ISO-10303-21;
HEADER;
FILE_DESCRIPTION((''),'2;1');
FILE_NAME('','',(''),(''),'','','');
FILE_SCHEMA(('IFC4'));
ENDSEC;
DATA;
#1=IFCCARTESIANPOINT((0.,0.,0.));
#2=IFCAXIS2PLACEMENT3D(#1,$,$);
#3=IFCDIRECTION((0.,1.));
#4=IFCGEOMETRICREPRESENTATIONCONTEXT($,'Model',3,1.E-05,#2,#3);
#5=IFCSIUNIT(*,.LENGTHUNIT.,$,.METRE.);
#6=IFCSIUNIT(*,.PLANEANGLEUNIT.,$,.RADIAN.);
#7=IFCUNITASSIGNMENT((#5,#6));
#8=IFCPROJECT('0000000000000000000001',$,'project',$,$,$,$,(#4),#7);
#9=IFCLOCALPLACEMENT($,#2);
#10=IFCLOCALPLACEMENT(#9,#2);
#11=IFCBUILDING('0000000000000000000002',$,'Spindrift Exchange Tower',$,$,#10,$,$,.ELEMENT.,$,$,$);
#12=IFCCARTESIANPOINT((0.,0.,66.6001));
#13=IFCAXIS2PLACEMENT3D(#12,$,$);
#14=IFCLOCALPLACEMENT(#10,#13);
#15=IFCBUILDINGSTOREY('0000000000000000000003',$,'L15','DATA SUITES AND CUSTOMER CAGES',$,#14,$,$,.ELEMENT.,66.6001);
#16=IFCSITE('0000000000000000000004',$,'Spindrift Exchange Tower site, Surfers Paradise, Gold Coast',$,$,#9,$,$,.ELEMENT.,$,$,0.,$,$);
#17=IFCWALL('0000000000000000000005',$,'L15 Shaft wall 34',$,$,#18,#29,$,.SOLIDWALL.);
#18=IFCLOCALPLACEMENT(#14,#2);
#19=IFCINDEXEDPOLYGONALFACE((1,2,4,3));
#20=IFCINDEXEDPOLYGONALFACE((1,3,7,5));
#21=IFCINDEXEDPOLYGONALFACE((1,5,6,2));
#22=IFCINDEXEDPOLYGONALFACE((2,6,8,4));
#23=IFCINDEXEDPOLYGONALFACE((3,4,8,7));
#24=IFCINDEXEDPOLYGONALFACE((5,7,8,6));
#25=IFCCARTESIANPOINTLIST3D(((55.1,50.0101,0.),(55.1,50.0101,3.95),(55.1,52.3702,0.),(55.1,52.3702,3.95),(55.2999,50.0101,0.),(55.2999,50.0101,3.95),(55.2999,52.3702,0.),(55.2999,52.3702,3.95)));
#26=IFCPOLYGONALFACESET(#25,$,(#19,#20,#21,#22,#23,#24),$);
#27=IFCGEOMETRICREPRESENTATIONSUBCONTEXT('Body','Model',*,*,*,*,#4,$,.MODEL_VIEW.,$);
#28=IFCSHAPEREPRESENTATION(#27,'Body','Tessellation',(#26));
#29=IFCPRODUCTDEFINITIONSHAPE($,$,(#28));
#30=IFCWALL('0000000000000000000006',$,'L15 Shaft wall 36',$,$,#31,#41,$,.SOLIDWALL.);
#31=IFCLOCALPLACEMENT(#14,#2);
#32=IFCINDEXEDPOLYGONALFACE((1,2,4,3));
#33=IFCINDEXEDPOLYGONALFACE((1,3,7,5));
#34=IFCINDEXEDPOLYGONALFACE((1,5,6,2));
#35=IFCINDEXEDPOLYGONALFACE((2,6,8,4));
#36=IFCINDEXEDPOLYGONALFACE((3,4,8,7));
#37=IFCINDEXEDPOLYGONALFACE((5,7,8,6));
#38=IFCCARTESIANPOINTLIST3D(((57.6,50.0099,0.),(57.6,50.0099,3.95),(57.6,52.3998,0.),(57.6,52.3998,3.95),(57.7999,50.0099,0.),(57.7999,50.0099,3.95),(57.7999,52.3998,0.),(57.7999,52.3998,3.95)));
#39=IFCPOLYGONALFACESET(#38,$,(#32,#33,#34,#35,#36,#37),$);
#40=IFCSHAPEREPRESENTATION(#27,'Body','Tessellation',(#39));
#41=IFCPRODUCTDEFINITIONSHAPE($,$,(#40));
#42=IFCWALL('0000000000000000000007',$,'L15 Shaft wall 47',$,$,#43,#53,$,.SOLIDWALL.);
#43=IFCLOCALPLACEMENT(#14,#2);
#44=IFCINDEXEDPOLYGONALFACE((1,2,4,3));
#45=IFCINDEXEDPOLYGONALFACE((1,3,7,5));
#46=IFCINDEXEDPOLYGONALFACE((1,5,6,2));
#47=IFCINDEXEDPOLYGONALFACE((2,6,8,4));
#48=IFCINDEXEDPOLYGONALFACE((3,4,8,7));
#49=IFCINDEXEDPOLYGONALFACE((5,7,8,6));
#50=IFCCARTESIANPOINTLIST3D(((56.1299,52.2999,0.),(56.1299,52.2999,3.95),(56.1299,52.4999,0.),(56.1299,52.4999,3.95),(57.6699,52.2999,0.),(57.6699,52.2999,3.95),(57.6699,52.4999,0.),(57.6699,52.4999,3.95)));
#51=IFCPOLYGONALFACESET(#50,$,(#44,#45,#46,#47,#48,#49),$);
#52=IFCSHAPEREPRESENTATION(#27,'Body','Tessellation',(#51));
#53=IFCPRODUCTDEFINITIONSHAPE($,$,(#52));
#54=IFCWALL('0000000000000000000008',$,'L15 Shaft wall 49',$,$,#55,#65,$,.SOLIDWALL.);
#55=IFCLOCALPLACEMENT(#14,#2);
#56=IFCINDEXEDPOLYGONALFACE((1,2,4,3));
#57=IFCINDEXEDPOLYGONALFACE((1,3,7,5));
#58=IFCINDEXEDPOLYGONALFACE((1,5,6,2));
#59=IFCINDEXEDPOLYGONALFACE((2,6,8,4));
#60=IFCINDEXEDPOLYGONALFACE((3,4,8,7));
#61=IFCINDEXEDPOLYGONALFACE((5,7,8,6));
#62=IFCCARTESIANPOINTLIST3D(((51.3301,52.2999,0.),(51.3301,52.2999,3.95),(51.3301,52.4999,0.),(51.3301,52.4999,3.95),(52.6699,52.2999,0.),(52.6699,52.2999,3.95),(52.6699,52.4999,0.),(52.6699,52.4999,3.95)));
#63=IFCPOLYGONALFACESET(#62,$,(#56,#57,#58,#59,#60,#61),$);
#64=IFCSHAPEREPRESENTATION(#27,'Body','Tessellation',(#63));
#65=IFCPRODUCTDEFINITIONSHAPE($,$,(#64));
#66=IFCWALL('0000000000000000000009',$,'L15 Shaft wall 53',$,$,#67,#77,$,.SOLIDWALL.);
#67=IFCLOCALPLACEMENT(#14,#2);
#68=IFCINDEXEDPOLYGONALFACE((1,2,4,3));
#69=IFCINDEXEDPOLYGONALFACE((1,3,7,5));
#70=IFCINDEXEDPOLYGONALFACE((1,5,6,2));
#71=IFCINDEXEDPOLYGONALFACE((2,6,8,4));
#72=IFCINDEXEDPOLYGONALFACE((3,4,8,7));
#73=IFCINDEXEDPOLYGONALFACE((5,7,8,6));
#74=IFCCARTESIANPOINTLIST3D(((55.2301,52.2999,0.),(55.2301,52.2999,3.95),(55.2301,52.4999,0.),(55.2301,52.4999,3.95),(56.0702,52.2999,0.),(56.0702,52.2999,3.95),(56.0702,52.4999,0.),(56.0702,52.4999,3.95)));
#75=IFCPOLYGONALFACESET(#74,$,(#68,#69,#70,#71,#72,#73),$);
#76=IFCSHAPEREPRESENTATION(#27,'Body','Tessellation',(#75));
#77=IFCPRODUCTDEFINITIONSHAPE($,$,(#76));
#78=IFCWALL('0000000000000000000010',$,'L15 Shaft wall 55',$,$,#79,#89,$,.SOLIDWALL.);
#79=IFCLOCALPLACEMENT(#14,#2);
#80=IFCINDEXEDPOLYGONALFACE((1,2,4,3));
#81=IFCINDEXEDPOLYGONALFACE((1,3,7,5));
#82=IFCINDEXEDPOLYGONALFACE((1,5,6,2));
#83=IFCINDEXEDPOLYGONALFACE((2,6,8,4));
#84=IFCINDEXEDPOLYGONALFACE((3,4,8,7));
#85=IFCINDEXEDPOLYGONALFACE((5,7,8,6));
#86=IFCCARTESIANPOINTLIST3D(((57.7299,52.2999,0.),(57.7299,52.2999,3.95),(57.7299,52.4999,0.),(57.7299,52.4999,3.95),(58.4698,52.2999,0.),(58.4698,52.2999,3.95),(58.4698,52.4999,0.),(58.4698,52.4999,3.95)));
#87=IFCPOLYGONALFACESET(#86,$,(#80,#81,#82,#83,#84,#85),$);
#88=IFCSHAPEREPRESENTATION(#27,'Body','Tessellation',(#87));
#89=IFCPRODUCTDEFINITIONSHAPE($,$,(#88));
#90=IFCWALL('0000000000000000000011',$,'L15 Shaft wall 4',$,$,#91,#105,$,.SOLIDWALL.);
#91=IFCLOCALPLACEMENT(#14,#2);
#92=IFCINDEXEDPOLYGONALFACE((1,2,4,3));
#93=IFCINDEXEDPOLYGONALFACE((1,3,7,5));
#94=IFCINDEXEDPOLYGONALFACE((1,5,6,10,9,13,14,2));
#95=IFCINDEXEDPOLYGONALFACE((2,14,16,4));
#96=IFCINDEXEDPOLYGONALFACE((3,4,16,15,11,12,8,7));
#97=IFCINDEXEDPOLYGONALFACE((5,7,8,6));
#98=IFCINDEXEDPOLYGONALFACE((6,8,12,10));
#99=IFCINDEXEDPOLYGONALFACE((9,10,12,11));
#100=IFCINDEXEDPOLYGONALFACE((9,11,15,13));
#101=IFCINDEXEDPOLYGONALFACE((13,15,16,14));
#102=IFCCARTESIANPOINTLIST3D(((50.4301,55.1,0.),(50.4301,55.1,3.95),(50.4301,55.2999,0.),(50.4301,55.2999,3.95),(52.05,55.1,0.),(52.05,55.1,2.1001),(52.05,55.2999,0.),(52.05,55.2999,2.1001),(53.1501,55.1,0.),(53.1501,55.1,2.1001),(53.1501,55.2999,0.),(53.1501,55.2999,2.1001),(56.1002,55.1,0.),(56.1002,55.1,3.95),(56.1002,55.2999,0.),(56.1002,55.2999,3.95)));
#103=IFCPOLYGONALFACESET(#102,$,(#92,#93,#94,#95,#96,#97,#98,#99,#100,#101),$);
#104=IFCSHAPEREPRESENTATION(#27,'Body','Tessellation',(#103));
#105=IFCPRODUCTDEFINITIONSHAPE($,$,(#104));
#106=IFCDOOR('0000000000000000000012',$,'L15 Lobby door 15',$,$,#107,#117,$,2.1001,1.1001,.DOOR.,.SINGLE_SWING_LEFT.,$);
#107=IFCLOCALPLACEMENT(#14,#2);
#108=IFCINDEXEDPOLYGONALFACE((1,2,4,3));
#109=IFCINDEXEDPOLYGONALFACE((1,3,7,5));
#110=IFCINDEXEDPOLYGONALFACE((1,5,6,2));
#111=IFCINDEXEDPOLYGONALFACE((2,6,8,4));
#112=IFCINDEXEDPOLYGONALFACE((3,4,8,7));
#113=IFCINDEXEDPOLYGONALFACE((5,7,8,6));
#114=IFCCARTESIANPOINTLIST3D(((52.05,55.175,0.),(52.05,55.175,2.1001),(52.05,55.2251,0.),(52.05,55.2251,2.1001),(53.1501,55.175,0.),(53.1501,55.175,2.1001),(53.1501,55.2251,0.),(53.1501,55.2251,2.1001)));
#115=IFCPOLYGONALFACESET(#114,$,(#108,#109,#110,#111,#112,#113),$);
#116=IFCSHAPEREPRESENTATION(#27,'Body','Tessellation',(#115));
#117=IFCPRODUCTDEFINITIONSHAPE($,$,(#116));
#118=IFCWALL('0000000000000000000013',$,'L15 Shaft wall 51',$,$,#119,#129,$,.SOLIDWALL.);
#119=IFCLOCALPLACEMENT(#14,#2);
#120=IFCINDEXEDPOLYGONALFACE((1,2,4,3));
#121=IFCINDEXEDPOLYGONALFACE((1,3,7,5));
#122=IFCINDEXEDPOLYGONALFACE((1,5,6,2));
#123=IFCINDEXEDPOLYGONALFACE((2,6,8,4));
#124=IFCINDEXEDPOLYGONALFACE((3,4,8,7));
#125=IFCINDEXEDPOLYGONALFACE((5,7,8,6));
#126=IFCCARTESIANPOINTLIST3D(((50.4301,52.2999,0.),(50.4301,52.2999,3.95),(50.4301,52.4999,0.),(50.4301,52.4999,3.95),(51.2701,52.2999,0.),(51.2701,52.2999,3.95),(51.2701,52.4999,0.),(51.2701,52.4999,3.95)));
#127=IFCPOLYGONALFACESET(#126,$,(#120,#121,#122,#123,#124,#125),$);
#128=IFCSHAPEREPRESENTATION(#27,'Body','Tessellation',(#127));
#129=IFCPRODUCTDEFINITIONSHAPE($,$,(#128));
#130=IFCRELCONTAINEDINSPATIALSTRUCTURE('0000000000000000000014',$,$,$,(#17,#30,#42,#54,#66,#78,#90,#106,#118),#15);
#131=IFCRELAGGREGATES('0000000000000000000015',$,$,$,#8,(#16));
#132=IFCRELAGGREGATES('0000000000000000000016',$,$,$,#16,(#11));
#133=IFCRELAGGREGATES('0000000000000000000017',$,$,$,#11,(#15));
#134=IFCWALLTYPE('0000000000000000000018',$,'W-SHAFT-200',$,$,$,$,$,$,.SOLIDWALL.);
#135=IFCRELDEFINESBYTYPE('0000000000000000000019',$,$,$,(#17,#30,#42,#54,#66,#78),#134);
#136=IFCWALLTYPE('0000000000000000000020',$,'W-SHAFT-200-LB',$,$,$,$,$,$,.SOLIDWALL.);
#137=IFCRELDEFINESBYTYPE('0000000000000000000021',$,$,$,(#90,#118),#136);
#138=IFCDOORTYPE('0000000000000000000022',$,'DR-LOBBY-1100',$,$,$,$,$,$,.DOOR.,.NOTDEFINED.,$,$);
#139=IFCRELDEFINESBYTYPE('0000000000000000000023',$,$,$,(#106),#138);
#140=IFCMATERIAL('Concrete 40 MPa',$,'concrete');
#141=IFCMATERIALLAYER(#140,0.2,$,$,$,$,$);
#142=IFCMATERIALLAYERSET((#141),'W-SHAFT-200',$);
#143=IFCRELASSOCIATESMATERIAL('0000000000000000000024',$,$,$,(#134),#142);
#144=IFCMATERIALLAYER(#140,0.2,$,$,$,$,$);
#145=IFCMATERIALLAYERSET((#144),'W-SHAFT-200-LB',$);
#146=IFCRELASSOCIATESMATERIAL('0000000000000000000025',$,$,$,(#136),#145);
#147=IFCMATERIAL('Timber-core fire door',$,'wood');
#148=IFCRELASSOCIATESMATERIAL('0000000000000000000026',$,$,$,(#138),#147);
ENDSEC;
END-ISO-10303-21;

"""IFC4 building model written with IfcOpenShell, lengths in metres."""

from ifc_helpers import new_model, si_unit, direction, frame, frame_2d, origin, place, context, subcontext, project, spatial, rectangle, extrude, source, transform, mapped, material, layer, layer_set, type_object, element, fill, save


model = new_model("IFC4")

# Units and contexts
model_context = context("Model", 3, precision=1e-05, world=origin(), true_north=direction((0.0, 1.0)))
body_context = subcontext(model_context, "Body", "Model", "MODEL_VIEW")
ifc_project = project(units=[si_unit("LENGTHUNIT", "METRE"), si_unit("PLANEANGLEUNIT", "RADIAN")], contexts=[model_context])

# Site, building, storey
site_placement = place(None, origin())
site = spatial("IfcSite", under=ifc_project, at=site_placement, Name="Spindrift Exchange Tower site, Surfers Paradise, Gold Coast", CompositionType="ELEMENT", RefElevation=0.0)
building_placement = place(site_placement, origin())
building = spatial("IfcBuilding", under=site, at=building_placement, Name="Spindrift Exchange Tower", CompositionType="ELEMENT")
storey_placement = place(building_placement, frame((0.0, 0.0, 66.6001)))
storey = spatial("IfcBuildingStorey", under=building, at=storey_placement, Name="L15", Description="DATA SUITES AND CUSTOMER CAGES", CompositionType="ELEMENT", Elevation=66.6001)

# Shared definitions
ifc_material_1 = material(Name="Concrete 40 MPa", Category="concrete")
ifc_layer_1 = layer(ifc_material_1, 0.2)
ifc_layer_set_1 = layer_set([ifc_layer_1], Name="W-SHAFT-200")
wall_type_1 = type_object("IfcWallType", Name="W-SHAFT-200", PredefinedType="SOLIDWALL", material=ifc_layer_set_1)

# Walls
for number, where, z_axis, x_axis, name in (
    (1, (55.2, 50.01, 0.0), (0.0, 0.0, 1.0), (0.0, 1.0, 0.0), "L15 Shaft wall 34"),
):
    element("IfcWall", number, at=place(storey_placement, frame(where, z_axis=z_axis, x_axis=x_axis)), inside=storey, type_object=wall_type_1, Name=name, PredefinedType="SOLIDWALL", context=body_context, shape_type="SweptSolid", body=[
        extrude(rectangle(XDim=2.3601, YDim=0.2, at=frame_2d((1.1802, 0.0))), origin(), (0.0, 0.0, 1.0), 3.95),
    ])
wall_1_placement = place(storey_placement, frame((57.7, 50.01, 0.0), z_axis=(0.0, 0.0, 1.0), x_axis=(0.0, 1.0, 0.0)))
element("IfcWall", 2, at=wall_1_placement, inside=storey, type_object=wall_type_1, Name="L15 Shaft wall 36", PredefinedType="SOLIDWALL", context=body_context, shape_type="SweptSolid", body=[
    extrude(rectangle(XDim=2.3899, YDim=0.2, at=frame_2d((1.1948, 0.0))), origin(), (0.0, 0.0, 1.0), 3.95),
])
wall_2_placement = place(storey_placement, frame((57.6699, 52.3999, 0.0), z_axis=(0.0, 0.0, 1.0), x_axis=(-1.0, 0.0, 0.0)))
element("IfcWall", 3, at=wall_2_placement, inside=storey, type_object=wall_type_1, Name="L15 Shaft wall 47", PredefinedType="SOLIDWALL", context=body_context, shape_type="SweptSolid", body=[
    extrude(rectangle(XDim=1.54, YDim=0.2, at=frame_2d((0.77, 0.0))), origin(), (0.0, 0.0, 1.0), 3.95),
])
wall_3_placement = place(storey_placement, frame((51.3301, 52.3999, 0.0), z_axis=(0.0, 0.0, 1.0), x_axis=(1.0, 0.0, 0.0)))
element("IfcWall", 4, at=wall_3_placement, inside=storey, type_object=wall_type_1, Name="L15 Shaft wall 49", PredefinedType="SOLIDWALL", context=body_context, shape_type="SweptSolid", body=[
    extrude(rectangle(XDim=1.3398, YDim=0.2, at=frame_2d((0.6699, 0.0))), origin(), (0.0, 0.0, 1.0), 3.95),
])
wall_4_placement = place(storey_placement, frame((56.0701, 52.3999, 0.0), z_axis=(0.0, 0.0, 1.0), x_axis=(-1.0, 0.0, 0.0)))
element("IfcWall", 5, at=wall_4_placement, inside=storey, type_object=wall_type_1, Name="L15 Shaft wall 53", PredefinedType="SOLIDWALL", context=body_context, shape_type="SweptSolid", body=[
    extrude(rectangle(XDim=0.8401, YDim=0.2, at=frame_2d((0.4199, 0.0))), origin(), (0.0, 0.0, 1.0), 3.95),
])
wall_5_placement = place(storey_placement, frame((58.47, 52.3999, 0.0), z_axis=(0.0, 0.0, 1.0), x_axis=(-1.0, 0.0, 0.0)))
element("IfcWall", 6, at=wall_5_placement, inside=storey, type_object=wall_type_1, Name="L15 Shaft wall 55", PredefinedType="SOLIDWALL", context=body_context, shape_type="SweptSolid", body=[
    extrude(rectangle(XDim=0.74, YDim=0.2, at=frame_2d((0.3701, 0.0))), origin(), (0.0, 0.0, 1.0), 3.95),
])

# Wall, opening, door
ifc_layer_2 = layer(ifc_material_1, 0.2)
ifc_layer_set_2 = layer_set([ifc_layer_2], Name="W-SHAFT-200-LB")
wall_type_2 = type_object("IfcWallType", Name="W-SHAFT-200-LB", PredefinedType="SOLIDWALL", material=ifc_layer_set_2)
wall_6_placement = place(storey_placement, frame((56.1001, 55.2, 0.0), z_axis=(0.0, 0.0, 1.0), x_axis=(-1.0, 0.0, 0.0)))
wall_6 = element("IfcWall", 7, at=wall_6_placement, inside=storey, type_object=wall_type_2, Name="L15 Shaft wall 4", PredefinedType="SOLIDWALL", context=body_context, shape_type="SweptSolid", body=[
    extrude(rectangle(XDim=5.6702, YDim=0.2, at=frame_2d((2.835, 0.0))), origin(), (0.0, 0.0, 1.0), 3.95),
])
opening_1_placement = place(wall_6_placement, frame((2.95, 0.0, 0.0)))
opening_1 = element("IfcOpeningElement", 8, at=opening_1_placement, cuts=wall_6, PredefinedType="OPENING", context=body_context, shape_type="SweptSolid", body=[
    extrude(rectangle(XDim=1.1001, YDim=2.1001, at=frame_2d((0.55, 1.05))), frame((0.0, 0.1099, 0.0), z_axis=(0.0, -1.0, 0.0), x_axis=(1.0, 0.0, 0.0)), (0.0, 0.0, 1.0), 0.22),
])
ifc_material_2 = material(Name="Timber-core fire door", Category="wood")
door_type_1 = type_object("IfcDoorType", Name="DR-LOBBY-1100", OperationType="NOTDEFINED", PredefinedType="DOOR", material=ifc_material_2)
shared_shape_1 = source(origin(), body_context, "Body", "SweptSolid", [
    extrude(rectangle(XDim=1.1001, YDim=2.1001, at=frame_2d((0.55, 1.05))), frame((0.0, 0.0249, 0.0), z_axis=(0.0, -1.0, 0.0), x_axis=(1.0, 0.0, 0.0)), (0.0, 0.0, 1.0), 0.05),
])
door_1_placement = place(opening_1_placement, origin())
door_1 = element("IfcDoor", 9, at=door_1_placement, inside=storey, type_object=door_type_1, Name="L15 Lobby door 15", OperationType="SINGLE_SWING_LEFT", OverallHeight=2.1001, OverallWidth=1.1001, PredefinedType="DOOR", context=body_context, shape_type="MappedRepresentation", body=[
    mapped(shared_shape_1, transform((0.0, 0.0, 0.0), scale=1.0)),
])
fill(opening_1, door_1)

# Wall
wall_7_placement = place(storey_placement, frame((51.27, 52.3999, 0.0), z_axis=(0.0, 0.0, 1.0), x_axis=(-1.0, 0.0, 0.0)))
element("IfcWall", 10, at=wall_7_placement, inside=storey, type_object=wall_type_2, Name="L15 Shaft wall 51", PredefinedType="SOLIDWALL", context=body_context, shape_type="SweptSolid", body=[
    extrude(rectangle(XDim=0.8401, YDim=0.2, at=frame_2d((0.4199, 0.0))), origin(), (0.0, 0.0, 1.0), 3.95),
])

save(model, "model.ifc")
